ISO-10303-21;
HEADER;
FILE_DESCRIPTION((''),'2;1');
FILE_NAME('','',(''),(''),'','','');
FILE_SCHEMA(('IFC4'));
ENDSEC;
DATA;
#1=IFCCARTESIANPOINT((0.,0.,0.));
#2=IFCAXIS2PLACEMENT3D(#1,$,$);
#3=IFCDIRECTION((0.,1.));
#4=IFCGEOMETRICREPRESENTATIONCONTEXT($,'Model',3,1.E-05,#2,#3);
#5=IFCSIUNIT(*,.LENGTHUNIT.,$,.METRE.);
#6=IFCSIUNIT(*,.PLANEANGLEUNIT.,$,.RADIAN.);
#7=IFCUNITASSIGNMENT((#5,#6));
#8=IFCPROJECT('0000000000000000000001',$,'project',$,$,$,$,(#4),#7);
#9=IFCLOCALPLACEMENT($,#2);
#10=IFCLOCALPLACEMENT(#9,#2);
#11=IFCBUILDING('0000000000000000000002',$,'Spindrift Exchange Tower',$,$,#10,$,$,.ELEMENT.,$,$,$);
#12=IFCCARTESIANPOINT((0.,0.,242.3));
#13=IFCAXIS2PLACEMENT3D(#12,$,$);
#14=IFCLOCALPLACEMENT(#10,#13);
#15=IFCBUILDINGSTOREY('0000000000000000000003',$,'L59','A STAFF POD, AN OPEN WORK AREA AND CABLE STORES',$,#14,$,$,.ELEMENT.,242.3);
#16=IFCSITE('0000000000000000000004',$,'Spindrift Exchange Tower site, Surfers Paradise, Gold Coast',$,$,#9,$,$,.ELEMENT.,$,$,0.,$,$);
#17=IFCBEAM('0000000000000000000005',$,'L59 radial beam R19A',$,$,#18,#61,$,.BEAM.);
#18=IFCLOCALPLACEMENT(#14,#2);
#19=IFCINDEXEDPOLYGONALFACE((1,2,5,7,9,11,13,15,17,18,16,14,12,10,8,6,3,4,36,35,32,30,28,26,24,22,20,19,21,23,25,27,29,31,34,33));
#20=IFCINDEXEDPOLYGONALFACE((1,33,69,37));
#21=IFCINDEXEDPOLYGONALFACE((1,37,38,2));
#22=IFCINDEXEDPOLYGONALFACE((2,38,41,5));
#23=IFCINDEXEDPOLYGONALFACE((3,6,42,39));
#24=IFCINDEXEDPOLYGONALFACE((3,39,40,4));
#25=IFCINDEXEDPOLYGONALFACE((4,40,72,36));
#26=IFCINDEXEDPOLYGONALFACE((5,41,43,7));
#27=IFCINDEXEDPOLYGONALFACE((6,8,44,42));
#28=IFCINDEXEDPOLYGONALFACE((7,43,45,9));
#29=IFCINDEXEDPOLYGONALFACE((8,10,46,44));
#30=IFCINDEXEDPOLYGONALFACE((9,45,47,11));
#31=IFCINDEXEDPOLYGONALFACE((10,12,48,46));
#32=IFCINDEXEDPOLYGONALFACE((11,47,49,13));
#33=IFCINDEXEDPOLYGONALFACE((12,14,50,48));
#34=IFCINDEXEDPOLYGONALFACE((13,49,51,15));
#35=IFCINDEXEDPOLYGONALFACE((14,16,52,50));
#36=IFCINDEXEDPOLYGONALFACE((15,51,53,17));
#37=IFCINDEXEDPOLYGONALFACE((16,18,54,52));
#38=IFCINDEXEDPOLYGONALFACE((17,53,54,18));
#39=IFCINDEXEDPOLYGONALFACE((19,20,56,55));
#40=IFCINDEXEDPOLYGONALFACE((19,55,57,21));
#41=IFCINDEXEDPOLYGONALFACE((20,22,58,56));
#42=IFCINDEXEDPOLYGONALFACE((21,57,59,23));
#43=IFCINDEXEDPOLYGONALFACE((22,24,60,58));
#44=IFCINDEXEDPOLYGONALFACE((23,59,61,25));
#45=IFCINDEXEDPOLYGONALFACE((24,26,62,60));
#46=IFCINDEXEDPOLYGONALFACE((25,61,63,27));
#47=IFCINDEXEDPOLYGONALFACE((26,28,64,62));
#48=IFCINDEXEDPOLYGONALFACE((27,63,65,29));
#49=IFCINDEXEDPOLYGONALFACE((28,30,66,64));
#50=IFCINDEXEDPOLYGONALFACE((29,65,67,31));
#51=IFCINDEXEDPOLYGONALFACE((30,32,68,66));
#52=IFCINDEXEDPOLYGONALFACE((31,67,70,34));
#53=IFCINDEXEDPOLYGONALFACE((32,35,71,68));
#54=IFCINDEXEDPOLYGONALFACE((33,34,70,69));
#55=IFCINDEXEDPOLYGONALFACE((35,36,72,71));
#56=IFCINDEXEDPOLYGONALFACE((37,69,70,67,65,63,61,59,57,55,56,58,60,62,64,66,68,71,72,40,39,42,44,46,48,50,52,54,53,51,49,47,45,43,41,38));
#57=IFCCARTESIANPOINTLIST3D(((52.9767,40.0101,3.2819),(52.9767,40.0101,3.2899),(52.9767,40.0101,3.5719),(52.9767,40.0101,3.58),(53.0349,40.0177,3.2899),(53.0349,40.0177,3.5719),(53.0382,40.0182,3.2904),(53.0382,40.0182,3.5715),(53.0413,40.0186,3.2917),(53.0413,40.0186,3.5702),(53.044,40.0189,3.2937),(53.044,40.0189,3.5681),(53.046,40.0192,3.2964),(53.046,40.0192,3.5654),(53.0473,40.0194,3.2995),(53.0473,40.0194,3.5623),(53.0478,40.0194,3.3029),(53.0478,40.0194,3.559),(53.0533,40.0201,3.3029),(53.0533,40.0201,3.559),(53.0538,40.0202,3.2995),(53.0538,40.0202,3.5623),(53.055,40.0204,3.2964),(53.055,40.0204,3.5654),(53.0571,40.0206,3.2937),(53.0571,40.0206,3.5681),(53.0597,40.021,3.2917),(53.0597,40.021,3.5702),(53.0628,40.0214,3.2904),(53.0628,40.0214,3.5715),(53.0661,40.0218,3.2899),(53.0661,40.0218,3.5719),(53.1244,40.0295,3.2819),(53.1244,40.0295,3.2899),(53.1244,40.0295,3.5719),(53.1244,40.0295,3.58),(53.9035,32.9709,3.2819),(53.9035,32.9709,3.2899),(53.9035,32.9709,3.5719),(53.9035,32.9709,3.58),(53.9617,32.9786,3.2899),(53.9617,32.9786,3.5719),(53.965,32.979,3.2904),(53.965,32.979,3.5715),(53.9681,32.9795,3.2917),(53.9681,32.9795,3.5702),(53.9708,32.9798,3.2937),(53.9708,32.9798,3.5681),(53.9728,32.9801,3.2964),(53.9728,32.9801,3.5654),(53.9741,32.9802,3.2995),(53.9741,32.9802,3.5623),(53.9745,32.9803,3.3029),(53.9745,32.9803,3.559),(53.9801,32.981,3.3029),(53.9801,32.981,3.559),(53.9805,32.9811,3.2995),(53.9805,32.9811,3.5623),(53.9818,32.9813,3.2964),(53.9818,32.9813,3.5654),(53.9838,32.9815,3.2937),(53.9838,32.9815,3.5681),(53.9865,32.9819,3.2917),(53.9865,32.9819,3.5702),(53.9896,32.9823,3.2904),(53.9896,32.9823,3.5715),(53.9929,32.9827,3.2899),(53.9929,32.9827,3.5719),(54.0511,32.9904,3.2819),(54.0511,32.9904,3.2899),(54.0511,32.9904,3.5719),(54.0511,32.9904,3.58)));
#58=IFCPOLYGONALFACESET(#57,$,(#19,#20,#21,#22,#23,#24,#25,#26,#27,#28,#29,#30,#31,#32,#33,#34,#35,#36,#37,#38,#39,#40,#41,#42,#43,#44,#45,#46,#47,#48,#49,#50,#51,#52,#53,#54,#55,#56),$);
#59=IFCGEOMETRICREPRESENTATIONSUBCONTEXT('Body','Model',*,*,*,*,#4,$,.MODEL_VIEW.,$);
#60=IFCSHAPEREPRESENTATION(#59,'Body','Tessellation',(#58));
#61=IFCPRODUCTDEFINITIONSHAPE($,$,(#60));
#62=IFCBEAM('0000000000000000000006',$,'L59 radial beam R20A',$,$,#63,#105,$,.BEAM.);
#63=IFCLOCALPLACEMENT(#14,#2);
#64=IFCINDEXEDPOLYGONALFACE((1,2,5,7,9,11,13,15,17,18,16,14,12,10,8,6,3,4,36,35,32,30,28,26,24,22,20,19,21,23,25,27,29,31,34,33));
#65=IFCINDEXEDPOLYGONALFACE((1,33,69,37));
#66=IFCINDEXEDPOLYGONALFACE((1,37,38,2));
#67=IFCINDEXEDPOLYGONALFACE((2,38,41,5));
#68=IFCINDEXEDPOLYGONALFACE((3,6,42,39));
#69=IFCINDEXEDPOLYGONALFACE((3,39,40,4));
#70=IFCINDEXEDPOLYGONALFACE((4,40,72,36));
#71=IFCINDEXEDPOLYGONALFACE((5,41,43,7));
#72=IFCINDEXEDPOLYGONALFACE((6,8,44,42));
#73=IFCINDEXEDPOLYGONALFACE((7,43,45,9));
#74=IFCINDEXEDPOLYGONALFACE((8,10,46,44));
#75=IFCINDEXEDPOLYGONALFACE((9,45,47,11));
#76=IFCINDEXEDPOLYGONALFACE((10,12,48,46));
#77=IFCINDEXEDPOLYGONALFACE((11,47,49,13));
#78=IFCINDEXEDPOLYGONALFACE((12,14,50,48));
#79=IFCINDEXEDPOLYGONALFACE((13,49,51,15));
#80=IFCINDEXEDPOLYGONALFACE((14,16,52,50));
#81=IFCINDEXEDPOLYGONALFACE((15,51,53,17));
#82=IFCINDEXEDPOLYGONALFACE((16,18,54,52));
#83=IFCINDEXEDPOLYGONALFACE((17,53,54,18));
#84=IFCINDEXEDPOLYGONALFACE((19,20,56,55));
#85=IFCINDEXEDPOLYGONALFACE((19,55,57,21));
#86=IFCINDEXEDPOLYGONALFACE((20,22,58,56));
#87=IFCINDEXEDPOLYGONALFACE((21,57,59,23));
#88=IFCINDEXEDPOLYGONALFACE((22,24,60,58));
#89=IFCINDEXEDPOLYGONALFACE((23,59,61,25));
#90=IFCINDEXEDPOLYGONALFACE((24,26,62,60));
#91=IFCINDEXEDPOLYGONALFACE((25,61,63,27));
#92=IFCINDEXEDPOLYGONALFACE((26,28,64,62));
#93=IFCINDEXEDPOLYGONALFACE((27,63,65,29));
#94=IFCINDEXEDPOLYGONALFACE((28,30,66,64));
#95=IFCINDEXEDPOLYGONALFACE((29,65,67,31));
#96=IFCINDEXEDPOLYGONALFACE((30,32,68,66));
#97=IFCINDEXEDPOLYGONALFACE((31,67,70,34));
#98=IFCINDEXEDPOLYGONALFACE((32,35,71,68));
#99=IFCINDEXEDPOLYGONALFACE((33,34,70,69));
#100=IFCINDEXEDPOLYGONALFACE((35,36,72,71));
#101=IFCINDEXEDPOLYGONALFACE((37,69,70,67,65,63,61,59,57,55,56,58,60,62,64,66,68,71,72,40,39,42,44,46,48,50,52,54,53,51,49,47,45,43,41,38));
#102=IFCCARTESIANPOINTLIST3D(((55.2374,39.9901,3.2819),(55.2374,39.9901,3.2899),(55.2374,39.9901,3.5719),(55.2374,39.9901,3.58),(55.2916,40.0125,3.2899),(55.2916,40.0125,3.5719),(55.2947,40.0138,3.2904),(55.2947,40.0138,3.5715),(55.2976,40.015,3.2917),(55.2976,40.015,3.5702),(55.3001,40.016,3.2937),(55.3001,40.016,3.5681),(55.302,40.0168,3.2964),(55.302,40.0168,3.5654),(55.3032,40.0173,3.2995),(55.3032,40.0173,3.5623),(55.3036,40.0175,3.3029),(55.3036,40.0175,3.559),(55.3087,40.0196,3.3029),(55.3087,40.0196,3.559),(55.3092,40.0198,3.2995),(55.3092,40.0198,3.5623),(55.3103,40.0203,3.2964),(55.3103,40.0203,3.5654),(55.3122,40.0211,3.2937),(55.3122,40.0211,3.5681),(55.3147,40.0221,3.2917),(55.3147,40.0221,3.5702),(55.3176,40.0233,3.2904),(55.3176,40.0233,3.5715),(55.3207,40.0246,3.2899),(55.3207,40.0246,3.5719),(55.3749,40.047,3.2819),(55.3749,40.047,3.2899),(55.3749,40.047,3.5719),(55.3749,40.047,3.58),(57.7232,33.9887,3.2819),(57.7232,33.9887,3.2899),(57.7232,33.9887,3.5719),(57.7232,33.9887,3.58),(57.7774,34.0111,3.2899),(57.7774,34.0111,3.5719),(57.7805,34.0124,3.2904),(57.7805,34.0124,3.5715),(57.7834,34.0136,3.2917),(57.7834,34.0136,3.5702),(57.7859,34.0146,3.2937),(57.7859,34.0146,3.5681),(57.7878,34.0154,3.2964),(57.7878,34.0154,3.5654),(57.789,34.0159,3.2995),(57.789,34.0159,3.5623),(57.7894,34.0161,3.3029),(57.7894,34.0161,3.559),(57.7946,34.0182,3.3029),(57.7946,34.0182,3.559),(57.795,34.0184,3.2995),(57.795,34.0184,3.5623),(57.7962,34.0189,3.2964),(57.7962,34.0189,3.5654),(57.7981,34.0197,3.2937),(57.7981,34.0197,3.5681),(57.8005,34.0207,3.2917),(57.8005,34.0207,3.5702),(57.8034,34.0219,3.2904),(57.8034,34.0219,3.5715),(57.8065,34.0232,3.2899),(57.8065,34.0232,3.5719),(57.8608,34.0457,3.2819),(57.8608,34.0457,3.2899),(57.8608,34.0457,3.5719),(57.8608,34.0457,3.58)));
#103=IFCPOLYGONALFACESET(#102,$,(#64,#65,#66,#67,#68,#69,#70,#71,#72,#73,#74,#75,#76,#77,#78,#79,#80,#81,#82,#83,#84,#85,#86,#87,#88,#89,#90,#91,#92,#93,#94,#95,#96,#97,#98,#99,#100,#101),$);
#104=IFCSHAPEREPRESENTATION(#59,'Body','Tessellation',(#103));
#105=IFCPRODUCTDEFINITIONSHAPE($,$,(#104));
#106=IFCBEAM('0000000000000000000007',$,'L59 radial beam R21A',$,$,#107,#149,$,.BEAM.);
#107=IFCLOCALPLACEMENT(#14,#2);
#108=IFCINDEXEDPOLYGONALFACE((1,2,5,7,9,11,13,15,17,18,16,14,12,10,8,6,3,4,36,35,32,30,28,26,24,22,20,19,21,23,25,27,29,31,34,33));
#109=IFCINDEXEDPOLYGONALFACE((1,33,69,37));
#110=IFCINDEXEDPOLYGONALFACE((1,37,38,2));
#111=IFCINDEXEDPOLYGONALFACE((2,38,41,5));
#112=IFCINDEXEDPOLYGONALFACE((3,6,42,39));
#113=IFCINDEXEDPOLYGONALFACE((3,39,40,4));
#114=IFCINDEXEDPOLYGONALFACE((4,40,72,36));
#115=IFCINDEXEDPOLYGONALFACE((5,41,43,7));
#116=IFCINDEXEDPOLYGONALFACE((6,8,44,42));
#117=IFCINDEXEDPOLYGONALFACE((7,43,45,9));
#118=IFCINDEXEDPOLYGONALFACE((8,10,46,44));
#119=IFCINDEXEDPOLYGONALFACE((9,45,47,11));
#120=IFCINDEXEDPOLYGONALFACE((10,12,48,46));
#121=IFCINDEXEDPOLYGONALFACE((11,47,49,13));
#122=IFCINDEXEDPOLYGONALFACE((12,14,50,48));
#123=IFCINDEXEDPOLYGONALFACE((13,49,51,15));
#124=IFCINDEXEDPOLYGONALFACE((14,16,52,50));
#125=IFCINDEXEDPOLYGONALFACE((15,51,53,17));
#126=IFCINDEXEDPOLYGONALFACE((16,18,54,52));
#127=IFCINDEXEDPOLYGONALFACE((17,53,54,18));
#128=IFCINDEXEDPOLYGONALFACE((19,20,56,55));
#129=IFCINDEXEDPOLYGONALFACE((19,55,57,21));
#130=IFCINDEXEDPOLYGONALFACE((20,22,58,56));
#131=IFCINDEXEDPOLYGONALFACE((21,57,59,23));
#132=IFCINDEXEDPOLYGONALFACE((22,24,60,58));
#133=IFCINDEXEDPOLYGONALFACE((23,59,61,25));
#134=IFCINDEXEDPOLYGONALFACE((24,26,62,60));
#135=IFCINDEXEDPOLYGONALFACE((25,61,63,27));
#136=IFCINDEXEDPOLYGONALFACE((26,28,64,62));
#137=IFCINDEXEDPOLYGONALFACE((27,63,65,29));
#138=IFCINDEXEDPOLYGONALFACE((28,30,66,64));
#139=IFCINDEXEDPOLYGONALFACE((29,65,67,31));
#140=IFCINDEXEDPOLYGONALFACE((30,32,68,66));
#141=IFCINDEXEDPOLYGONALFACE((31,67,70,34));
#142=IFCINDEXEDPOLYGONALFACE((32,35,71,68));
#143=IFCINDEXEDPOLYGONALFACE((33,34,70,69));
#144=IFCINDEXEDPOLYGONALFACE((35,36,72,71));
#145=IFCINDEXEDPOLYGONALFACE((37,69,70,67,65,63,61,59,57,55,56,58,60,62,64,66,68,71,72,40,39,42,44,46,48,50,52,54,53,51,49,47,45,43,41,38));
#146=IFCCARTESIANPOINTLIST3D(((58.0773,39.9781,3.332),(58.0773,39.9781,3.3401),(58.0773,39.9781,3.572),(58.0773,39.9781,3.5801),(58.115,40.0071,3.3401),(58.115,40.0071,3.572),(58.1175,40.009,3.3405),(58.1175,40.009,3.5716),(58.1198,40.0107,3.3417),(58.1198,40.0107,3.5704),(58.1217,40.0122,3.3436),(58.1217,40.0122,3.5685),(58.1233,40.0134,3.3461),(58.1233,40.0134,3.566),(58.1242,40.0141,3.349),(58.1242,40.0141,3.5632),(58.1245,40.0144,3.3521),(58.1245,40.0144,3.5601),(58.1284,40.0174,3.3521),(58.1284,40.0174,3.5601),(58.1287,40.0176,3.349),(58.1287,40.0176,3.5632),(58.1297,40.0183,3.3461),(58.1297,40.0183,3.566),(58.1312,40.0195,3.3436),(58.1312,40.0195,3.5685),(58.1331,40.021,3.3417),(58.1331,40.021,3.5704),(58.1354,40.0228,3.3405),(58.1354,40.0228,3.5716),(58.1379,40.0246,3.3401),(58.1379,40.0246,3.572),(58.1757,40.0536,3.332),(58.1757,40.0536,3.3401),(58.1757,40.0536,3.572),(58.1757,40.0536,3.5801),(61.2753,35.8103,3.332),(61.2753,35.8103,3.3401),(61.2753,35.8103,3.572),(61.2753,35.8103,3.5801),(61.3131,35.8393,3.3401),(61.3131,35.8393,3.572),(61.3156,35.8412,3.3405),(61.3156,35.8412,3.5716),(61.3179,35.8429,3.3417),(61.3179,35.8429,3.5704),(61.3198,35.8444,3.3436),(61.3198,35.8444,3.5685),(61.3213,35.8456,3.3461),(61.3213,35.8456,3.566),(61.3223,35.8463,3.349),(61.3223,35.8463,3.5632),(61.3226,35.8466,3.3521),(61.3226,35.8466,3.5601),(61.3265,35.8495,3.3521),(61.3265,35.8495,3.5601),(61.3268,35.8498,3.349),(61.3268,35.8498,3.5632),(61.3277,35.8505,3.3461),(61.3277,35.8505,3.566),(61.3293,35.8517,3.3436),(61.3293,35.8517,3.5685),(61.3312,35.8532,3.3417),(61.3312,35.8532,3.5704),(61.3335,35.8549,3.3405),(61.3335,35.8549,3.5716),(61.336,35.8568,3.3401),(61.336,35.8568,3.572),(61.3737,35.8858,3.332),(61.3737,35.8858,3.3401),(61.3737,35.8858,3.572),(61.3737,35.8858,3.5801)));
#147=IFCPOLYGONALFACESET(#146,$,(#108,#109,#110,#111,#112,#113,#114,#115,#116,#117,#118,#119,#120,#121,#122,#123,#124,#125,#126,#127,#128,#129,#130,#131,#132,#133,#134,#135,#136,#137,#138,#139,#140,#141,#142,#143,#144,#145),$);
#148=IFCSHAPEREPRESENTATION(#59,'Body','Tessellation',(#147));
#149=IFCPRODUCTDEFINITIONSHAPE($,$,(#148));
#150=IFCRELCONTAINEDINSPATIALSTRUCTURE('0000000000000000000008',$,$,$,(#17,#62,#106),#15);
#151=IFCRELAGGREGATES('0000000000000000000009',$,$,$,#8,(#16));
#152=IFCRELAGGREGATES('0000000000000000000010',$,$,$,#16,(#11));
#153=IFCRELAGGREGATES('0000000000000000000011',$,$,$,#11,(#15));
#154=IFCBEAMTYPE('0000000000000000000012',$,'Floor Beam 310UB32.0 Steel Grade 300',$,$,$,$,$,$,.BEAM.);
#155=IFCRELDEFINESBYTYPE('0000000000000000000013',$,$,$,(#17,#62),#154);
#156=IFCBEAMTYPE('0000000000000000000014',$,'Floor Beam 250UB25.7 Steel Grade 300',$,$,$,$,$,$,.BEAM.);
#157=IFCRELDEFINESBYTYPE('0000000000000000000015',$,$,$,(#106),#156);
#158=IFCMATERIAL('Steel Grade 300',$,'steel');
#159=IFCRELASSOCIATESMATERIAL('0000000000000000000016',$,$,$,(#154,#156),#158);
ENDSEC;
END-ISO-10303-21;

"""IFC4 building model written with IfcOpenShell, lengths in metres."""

from ifc_helpers import new_model, si_unit, direction, frame, origin, origin_2d, place, context, subcontext, project, spatial, i_section, extrude, source, transform, mapped, material, material_profile, profile_set, type_object, element, save


model = new_model("IFC4")

# Units and contexts
model_context = context("Model", 3, precision=1e-05, world=origin(), true_north=direction((0.0, 1.0)))
body_context = subcontext(model_context, "Body", "Model", "MODEL_VIEW")
ifc_project = project(units=[si_unit("LENGTHUNIT", "METRE"), si_unit("PLANEANGLEUNIT", "RADIAN")], contexts=[model_context])

# Site, building, storey
site_placement = place(None, origin())
site = spatial("IfcSite", under=ifc_project, at=site_placement, Name="Spindrift Exchange Tower site, Surfers Paradise, Gold Coast", CompositionType="ELEMENT", RefElevation=0.0)
building_placement = place(site_placement, origin())
building = spatial("IfcBuilding", under=site, at=building_placement, Name="Spindrift Exchange Tower", CompositionType="ELEMENT")
storey_placement = place(building_placement, frame((0.0, 0.0, 242.3)))
storey = spatial("IfcBuildingStorey", under=building, at=storey_placement, Name="L59", Description="A STAFF POD, AN OPEN WORK AREA AND CABLE STORES", CompositionType="ELEMENT", Elevation=242.3)

# Beams
ifc_material_1 = material(Name="Steel Grade 300", Category="steel")
ifc_material_profile_1 = material_profile(ifc_material_1, i_section(OverallWidth=0.1489, OverallDepth=0.2981, WebThickness=0.0056, FlangeThickness=0.0081, FilletRadius=0.0129, at=origin_2d()), Name="310UB32.0")
ifc_profile_set_1 = profile_set([ifc_material_profile_1], Name="Steel Grade 300")
beam_type_1 = type_object("IfcBeamType", Name="Floor Beam 310UB32.0 Steel Grade 300", PredefinedType="BEAM", material=ifc_profile_set_1)
shared_shape_1 = source(origin(), body_context, "Body", "SweptSolid", [
    extrude(i_section(OverallWidth=0.1489, OverallDepth=0.2981, WebThickness=0.0056, FlangeThickness=0.0081, FilletRadius=0.0129, at=origin_2d()), origin(), (0.0, 0.0, 1.0), 7.0999),
])
beam_1_placement = place(storey_placement, frame((53.0505, 40.0198, 3.4309), z_axis=(0.130533, -0.991444, 0.0), x_axis=(0.991444, 0.130533, 0.0)))
element("IfcBeam", 1, at=beam_1_placement, inside=storey, type_object=beam_type_1, Name="L59 radial beam R19A", PredefinedType="BEAM", context=body_context, shape_type="MappedRepresentation", body=[
    mapped(shared_shape_1, transform((0.0, 0.0, 0.0), scale=1.0)),
])
shared_shape_2 = source(origin(), body_context, "Body", "SweptSolid", [
    extrude(i_section(OverallWidth=0.1489, OverallDepth=0.2981, WebThickness=0.0056, FlangeThickness=0.0081, FilletRadius=0.0129, at=origin_2d()), origin(), (0.0, 0.0, 1.0), 6.4958),
])
beam_2_placement = place(storey_placement, frame((55.3062, 40.0186, 3.4309), z_axis=(0.382677, -0.923882, 0.0), x_axis=(0.923882, 0.382677, 0.0)))
element("IfcBeam", 2, at=beam_2_placement, inside=storey, type_object=beam_type_1, Name="L59 radial beam R20A", PredefinedType="BEAM", context=body_context, shape_type="MappedRepresentation", body=[
    mapped(shared_shape_2, transform((0.0, 0.0, 0.0), scale=1.0)),
])
ifc_material_profile_2 = material_profile(ifc_material_1, i_section(OverallWidth=0.124, OverallDepth=0.248, WebThickness=0.0049, FlangeThickness=0.0081, FilletRadius=0.012, at=origin_2d()), Name="250UB25.7")
ifc_profile_set_2 = profile_set([ifc_material_profile_2], Name="Steel Grade 300")
beam_type_2 = type_object("IfcBeamType", Name="Floor Beam 250UB25.7 Steel Grade 300", PredefinedType="BEAM", material=ifc_profile_set_2)
shared_shape_3 = source(origin(), body_context, "Body", "SweptSolid", [
    extrude(i_section(OverallWidth=0.124, OverallDepth=0.248, WebThickness=0.0049, FlangeThickness=0.0081, FilletRadius=0.012, at=origin_2d()), origin(), (0.0, 0.0, 1.0), 5.2534),
])
beam_3_placement = place(storey_placement, frame((58.1265, 40.0159, 3.4561), z_axis=(0.60876, -0.793354, 0.0), x_axis=(0.793354, 0.60876, 0.0)))
element("IfcBeam", 3, at=beam_3_placement, inside=storey, type_object=beam_type_2, Name="L59 radial beam R21A", PredefinedType="BEAM", context=body_context, shape_type="MappedRepresentation", body=[
    mapped(shared_shape_3, transform((0.0, 0.0, 0.0), scale=1.0)),
])

save(model, "model.ifc")
